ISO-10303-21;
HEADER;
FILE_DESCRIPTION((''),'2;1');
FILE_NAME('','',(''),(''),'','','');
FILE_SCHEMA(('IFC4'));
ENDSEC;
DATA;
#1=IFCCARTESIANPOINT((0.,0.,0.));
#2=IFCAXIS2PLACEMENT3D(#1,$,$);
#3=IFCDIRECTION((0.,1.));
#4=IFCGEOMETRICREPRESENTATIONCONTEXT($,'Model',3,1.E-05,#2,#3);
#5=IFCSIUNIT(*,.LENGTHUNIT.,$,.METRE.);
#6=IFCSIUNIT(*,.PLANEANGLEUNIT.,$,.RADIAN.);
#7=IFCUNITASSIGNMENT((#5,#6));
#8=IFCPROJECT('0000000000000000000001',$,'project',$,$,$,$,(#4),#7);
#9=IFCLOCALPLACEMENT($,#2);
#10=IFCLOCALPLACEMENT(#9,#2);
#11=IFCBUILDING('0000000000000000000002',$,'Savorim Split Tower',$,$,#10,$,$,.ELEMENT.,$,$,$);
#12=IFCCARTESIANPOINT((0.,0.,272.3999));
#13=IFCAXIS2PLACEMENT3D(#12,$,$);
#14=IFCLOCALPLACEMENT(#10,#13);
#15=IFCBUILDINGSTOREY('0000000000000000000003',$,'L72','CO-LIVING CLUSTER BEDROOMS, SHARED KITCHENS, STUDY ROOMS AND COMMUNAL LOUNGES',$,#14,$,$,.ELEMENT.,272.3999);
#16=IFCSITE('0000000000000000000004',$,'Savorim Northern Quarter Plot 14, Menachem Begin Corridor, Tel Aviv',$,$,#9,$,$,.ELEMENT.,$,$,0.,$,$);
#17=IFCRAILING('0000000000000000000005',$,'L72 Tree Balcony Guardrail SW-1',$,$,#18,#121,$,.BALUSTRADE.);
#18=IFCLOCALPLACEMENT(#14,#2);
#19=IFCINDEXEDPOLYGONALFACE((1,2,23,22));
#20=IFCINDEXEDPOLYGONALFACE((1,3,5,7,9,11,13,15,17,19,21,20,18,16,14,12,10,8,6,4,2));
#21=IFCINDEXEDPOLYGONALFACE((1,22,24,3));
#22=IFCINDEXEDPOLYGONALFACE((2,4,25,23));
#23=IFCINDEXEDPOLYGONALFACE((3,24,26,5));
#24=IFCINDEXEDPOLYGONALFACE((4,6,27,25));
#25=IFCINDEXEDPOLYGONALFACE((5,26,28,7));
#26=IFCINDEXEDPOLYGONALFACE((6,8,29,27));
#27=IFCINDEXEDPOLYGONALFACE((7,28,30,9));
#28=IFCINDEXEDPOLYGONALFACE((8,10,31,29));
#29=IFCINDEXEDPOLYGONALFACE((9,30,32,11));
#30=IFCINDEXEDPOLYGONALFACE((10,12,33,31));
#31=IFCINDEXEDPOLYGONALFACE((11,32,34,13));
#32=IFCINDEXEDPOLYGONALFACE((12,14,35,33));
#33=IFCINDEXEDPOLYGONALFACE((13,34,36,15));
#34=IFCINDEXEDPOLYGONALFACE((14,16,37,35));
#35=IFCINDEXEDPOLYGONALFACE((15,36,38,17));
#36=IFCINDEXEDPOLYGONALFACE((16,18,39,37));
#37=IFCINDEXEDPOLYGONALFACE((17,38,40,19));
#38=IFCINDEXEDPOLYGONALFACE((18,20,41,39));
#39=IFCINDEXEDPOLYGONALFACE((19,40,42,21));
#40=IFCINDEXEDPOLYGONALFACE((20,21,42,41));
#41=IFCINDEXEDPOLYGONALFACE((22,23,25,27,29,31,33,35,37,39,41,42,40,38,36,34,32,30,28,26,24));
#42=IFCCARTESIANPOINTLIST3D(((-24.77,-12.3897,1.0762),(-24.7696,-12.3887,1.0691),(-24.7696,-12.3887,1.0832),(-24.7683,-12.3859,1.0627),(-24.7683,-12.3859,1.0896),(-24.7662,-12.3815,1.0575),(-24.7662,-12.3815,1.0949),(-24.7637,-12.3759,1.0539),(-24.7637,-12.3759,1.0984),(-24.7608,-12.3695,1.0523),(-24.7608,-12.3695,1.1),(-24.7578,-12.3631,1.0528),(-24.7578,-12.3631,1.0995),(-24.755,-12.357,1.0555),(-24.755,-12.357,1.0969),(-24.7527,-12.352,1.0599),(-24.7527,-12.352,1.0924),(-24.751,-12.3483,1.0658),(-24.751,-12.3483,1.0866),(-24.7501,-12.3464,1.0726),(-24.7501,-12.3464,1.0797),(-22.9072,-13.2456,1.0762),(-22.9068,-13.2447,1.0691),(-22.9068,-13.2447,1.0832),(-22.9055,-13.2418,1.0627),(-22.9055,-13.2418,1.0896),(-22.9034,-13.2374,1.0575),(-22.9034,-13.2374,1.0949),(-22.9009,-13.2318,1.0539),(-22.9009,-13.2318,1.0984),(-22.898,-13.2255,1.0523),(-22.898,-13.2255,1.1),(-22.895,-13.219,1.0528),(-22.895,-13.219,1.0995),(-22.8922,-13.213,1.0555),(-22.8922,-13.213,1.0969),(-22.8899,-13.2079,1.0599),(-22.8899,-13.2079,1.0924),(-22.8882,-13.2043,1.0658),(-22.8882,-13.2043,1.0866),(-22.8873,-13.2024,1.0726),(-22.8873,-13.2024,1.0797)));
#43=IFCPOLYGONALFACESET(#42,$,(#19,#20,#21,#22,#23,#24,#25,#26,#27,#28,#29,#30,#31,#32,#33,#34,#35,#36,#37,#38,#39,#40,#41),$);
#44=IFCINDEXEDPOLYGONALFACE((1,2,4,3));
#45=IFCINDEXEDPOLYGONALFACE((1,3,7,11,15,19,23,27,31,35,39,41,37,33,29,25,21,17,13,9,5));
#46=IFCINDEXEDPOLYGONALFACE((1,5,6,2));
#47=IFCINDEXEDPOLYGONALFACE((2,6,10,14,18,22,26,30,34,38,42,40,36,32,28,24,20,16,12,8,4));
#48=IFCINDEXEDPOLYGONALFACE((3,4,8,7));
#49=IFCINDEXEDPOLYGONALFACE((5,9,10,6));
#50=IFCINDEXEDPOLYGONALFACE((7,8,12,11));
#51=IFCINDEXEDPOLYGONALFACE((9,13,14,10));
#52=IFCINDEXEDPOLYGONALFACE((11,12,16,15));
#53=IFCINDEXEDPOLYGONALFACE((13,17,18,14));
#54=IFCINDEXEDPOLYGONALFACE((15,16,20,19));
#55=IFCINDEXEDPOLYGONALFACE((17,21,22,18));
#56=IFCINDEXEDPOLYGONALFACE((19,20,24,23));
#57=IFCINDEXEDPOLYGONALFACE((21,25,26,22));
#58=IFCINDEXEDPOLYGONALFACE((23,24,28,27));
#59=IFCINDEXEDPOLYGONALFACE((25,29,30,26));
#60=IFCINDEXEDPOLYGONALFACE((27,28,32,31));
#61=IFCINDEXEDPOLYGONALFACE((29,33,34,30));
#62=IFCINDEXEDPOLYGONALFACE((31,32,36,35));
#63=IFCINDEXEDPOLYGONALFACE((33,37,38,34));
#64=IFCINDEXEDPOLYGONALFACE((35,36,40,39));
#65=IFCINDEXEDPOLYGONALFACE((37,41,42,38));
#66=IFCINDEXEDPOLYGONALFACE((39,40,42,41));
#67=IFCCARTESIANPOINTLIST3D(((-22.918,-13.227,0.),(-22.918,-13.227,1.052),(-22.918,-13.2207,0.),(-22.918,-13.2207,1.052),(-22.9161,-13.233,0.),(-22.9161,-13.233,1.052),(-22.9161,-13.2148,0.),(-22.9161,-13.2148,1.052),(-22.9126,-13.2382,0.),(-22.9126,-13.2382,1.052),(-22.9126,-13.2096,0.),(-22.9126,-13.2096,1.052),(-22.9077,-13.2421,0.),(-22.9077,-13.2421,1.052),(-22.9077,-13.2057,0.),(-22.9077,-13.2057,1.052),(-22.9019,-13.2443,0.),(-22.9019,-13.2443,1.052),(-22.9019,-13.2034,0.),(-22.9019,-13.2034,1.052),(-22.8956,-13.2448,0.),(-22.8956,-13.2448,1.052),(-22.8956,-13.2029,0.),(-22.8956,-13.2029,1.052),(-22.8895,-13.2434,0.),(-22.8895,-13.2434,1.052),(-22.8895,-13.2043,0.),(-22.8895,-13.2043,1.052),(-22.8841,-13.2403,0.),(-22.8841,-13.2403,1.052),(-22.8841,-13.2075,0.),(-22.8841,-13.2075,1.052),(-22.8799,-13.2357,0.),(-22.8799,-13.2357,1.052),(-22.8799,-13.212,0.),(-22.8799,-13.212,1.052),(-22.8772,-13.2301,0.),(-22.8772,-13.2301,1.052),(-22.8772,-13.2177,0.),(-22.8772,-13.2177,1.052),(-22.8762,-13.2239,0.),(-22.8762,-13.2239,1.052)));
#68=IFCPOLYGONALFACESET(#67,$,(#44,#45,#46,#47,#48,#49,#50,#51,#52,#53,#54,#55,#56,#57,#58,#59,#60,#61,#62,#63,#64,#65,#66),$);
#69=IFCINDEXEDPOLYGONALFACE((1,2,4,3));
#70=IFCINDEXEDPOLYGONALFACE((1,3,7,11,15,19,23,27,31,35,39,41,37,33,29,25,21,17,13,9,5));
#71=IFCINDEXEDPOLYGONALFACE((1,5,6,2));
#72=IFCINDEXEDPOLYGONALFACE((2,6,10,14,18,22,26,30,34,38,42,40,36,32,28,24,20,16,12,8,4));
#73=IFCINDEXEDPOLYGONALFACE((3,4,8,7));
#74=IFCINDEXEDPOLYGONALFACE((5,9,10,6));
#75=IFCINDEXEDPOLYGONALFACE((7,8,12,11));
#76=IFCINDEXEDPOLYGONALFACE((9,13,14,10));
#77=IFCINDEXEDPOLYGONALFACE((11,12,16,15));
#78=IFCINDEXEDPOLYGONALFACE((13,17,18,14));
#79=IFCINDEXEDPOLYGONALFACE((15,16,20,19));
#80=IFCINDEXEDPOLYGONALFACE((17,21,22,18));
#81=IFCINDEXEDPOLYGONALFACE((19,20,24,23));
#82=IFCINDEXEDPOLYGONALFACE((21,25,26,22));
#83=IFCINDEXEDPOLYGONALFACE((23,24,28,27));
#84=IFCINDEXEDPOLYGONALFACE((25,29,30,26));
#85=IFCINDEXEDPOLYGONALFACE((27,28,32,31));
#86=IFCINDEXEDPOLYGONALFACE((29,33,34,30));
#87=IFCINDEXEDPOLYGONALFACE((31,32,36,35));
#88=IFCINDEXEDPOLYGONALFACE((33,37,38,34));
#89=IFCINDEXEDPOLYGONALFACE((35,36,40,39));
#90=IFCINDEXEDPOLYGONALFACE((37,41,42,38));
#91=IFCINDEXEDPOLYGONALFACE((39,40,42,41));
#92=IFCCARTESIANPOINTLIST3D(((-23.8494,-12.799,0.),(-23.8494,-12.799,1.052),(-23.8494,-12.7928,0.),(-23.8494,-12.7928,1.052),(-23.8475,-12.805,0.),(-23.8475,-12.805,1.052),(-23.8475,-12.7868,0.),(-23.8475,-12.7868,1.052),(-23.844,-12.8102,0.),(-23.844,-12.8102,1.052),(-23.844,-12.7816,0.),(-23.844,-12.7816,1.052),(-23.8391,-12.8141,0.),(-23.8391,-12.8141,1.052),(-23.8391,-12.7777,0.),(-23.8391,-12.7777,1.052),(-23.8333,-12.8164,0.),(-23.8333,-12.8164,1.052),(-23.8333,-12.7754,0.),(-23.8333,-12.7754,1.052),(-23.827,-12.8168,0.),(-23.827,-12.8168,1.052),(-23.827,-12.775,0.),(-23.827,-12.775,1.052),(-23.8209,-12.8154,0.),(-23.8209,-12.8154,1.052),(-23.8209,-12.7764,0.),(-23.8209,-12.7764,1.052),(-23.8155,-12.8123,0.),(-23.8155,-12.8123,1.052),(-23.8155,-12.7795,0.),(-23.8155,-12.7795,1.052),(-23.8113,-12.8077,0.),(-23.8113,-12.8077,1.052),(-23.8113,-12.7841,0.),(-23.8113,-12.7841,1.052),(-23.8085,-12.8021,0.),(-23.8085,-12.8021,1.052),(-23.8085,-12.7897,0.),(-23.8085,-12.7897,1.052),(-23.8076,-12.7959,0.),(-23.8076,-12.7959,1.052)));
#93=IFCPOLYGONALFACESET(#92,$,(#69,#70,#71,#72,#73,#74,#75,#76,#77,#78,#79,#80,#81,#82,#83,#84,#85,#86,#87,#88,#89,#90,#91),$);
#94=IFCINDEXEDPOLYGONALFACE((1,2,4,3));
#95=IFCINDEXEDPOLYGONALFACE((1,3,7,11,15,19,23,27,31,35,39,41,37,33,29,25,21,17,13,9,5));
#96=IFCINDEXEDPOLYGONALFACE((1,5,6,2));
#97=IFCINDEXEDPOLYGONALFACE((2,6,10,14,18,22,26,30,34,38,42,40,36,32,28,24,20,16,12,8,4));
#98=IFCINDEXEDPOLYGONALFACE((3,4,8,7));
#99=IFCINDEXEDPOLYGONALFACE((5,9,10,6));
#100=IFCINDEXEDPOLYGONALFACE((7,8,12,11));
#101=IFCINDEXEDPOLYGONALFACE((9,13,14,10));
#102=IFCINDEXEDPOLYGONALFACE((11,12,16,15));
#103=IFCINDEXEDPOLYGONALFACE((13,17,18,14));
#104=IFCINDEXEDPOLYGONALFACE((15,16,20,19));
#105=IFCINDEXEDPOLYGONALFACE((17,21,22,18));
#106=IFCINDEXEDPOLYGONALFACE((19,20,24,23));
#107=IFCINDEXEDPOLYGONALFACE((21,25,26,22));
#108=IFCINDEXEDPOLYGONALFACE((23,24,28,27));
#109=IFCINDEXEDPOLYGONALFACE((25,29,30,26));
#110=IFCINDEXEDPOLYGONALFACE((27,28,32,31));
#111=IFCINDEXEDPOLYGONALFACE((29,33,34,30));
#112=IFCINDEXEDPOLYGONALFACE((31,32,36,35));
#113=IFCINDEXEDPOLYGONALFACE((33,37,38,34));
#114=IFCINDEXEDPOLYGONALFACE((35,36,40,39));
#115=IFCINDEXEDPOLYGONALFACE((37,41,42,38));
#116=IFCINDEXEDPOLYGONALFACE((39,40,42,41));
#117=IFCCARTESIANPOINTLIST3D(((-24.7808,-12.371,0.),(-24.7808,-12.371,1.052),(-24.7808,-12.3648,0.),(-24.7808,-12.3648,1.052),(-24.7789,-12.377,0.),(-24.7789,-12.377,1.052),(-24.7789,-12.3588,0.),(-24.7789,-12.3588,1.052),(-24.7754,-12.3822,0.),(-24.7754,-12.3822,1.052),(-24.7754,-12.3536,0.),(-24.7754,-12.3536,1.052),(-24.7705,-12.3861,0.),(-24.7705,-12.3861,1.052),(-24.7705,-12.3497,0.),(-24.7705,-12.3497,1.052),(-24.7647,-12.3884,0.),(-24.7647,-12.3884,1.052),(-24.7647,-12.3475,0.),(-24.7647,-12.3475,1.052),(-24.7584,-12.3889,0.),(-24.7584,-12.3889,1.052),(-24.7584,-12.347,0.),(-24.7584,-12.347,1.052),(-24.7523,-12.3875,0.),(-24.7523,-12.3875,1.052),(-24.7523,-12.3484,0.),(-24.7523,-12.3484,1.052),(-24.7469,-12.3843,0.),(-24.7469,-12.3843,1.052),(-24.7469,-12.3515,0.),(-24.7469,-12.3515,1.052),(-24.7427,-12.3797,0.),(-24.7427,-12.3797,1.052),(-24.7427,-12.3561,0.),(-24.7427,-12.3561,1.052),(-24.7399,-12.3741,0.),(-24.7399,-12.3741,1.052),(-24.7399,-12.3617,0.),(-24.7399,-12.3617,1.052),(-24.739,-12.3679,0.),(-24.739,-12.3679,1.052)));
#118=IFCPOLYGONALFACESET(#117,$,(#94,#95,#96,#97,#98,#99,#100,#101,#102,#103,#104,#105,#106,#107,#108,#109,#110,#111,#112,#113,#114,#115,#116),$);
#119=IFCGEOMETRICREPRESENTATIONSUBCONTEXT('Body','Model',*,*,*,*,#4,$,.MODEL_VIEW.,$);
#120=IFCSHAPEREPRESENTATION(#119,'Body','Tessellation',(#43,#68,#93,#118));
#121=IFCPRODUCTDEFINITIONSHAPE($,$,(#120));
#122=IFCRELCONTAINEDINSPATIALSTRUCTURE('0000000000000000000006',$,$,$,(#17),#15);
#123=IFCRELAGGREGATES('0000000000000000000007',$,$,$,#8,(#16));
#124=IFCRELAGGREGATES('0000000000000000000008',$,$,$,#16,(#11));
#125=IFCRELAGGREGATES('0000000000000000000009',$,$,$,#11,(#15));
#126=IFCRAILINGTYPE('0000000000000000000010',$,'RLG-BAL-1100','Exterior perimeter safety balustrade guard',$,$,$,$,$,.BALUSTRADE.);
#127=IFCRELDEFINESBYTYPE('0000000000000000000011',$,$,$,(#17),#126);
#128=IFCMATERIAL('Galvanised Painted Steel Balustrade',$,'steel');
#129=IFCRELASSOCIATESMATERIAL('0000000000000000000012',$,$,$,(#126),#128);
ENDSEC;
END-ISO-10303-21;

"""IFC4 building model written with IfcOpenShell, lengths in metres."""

from ifc_helpers import new_model, si_unit, direction, frame, origin, origin_2d, place, context, subcontext, project, spatial, circle, extrude, material, type_object, element, save


model = new_model("IFC4")

# Units and contexts
model_context = context("Model", 3, precision=1e-05, world=origin(), true_north=direction((0.0, 1.0)))
body_context = subcontext(model_context, "Body", "Model", "MODEL_VIEW")
ifc_project = project(units=[si_unit("LENGTHUNIT", "METRE"), si_unit("PLANEANGLEUNIT", "RADIAN")], contexts=[model_context])

# Site, building, storey
site_placement = place(None, origin())
site = spatial("IfcSite", under=ifc_project, at=site_placement, Name="Savorim Northern Quarter Plot 14, Menachem Begin Corridor, Tel Aviv", CompositionType="ELEMENT", RefElevation=0.0)
building_placement = place(site_placement, origin())
building = spatial("IfcBuilding", under=site, at=building_placement, Name="Savorim Split Tower", CompositionType="ELEMENT")
storey_placement = place(building_placement, frame((0.0, 0.0, 272.3999)))
storey = spatial("IfcBuildingStorey", under=building, at=storey_placement, Name="L72", Description="CO-LIVING CLUSTER BEDROOMS, SHARED KITCHENS, STUDY ROOMS AND COMMUNAL LOUNGES", CompositionType="ELEMENT", Elevation=272.3999)

# Railing
ifc_material_1 = material(Name="Galvanised Painted Steel Balustrade", Category="steel")
railing_type = type_object("IfcRailingType", Name="RLG-BAL-1100", Description="Exterior perimeter safety balustrade guard", PredefinedType="BALUSTRADE", material=ifc_material_1)
railing_1_placement = place(storey_placement, frame((-22.8972, -13.2239, 0.0)))
element("IfcRailing", 1, at=railing_1_placement, inside=storey, type_object=railing_type, Name="L72 Tree Balcony Guardrail SW-1", PredefinedType="BALUSTRADE", context=body_context, shape_type="SweptSolid", body=[
    extrude(circle(Radius=0.0239, at=origin_2d()), frame((0.0, 0.0, 1.0762), z_axis=(-0.908662, 0.417532, 0.0), x_axis=(-0.417532, -0.908662, 0.0)), (0.0, 0.0, 1.0), 2.05),
    extrude(circle(Radius=0.021, at=origin_2d()), origin(), (0.0, 0.0, 1.0), 1.052),
    extrude(circle(Radius=0.021, at=origin_2d()), frame((-0.9314, 0.428, 0.0)), (0.0, 0.0, 1.0), 1.052),
    extrude(circle(Radius=0.021, at=origin_2d()), frame((-1.8628, 0.856, 0.0)), (0.0, 0.0, 1.0), 1.052),
])

save(model, "model.ifc")
